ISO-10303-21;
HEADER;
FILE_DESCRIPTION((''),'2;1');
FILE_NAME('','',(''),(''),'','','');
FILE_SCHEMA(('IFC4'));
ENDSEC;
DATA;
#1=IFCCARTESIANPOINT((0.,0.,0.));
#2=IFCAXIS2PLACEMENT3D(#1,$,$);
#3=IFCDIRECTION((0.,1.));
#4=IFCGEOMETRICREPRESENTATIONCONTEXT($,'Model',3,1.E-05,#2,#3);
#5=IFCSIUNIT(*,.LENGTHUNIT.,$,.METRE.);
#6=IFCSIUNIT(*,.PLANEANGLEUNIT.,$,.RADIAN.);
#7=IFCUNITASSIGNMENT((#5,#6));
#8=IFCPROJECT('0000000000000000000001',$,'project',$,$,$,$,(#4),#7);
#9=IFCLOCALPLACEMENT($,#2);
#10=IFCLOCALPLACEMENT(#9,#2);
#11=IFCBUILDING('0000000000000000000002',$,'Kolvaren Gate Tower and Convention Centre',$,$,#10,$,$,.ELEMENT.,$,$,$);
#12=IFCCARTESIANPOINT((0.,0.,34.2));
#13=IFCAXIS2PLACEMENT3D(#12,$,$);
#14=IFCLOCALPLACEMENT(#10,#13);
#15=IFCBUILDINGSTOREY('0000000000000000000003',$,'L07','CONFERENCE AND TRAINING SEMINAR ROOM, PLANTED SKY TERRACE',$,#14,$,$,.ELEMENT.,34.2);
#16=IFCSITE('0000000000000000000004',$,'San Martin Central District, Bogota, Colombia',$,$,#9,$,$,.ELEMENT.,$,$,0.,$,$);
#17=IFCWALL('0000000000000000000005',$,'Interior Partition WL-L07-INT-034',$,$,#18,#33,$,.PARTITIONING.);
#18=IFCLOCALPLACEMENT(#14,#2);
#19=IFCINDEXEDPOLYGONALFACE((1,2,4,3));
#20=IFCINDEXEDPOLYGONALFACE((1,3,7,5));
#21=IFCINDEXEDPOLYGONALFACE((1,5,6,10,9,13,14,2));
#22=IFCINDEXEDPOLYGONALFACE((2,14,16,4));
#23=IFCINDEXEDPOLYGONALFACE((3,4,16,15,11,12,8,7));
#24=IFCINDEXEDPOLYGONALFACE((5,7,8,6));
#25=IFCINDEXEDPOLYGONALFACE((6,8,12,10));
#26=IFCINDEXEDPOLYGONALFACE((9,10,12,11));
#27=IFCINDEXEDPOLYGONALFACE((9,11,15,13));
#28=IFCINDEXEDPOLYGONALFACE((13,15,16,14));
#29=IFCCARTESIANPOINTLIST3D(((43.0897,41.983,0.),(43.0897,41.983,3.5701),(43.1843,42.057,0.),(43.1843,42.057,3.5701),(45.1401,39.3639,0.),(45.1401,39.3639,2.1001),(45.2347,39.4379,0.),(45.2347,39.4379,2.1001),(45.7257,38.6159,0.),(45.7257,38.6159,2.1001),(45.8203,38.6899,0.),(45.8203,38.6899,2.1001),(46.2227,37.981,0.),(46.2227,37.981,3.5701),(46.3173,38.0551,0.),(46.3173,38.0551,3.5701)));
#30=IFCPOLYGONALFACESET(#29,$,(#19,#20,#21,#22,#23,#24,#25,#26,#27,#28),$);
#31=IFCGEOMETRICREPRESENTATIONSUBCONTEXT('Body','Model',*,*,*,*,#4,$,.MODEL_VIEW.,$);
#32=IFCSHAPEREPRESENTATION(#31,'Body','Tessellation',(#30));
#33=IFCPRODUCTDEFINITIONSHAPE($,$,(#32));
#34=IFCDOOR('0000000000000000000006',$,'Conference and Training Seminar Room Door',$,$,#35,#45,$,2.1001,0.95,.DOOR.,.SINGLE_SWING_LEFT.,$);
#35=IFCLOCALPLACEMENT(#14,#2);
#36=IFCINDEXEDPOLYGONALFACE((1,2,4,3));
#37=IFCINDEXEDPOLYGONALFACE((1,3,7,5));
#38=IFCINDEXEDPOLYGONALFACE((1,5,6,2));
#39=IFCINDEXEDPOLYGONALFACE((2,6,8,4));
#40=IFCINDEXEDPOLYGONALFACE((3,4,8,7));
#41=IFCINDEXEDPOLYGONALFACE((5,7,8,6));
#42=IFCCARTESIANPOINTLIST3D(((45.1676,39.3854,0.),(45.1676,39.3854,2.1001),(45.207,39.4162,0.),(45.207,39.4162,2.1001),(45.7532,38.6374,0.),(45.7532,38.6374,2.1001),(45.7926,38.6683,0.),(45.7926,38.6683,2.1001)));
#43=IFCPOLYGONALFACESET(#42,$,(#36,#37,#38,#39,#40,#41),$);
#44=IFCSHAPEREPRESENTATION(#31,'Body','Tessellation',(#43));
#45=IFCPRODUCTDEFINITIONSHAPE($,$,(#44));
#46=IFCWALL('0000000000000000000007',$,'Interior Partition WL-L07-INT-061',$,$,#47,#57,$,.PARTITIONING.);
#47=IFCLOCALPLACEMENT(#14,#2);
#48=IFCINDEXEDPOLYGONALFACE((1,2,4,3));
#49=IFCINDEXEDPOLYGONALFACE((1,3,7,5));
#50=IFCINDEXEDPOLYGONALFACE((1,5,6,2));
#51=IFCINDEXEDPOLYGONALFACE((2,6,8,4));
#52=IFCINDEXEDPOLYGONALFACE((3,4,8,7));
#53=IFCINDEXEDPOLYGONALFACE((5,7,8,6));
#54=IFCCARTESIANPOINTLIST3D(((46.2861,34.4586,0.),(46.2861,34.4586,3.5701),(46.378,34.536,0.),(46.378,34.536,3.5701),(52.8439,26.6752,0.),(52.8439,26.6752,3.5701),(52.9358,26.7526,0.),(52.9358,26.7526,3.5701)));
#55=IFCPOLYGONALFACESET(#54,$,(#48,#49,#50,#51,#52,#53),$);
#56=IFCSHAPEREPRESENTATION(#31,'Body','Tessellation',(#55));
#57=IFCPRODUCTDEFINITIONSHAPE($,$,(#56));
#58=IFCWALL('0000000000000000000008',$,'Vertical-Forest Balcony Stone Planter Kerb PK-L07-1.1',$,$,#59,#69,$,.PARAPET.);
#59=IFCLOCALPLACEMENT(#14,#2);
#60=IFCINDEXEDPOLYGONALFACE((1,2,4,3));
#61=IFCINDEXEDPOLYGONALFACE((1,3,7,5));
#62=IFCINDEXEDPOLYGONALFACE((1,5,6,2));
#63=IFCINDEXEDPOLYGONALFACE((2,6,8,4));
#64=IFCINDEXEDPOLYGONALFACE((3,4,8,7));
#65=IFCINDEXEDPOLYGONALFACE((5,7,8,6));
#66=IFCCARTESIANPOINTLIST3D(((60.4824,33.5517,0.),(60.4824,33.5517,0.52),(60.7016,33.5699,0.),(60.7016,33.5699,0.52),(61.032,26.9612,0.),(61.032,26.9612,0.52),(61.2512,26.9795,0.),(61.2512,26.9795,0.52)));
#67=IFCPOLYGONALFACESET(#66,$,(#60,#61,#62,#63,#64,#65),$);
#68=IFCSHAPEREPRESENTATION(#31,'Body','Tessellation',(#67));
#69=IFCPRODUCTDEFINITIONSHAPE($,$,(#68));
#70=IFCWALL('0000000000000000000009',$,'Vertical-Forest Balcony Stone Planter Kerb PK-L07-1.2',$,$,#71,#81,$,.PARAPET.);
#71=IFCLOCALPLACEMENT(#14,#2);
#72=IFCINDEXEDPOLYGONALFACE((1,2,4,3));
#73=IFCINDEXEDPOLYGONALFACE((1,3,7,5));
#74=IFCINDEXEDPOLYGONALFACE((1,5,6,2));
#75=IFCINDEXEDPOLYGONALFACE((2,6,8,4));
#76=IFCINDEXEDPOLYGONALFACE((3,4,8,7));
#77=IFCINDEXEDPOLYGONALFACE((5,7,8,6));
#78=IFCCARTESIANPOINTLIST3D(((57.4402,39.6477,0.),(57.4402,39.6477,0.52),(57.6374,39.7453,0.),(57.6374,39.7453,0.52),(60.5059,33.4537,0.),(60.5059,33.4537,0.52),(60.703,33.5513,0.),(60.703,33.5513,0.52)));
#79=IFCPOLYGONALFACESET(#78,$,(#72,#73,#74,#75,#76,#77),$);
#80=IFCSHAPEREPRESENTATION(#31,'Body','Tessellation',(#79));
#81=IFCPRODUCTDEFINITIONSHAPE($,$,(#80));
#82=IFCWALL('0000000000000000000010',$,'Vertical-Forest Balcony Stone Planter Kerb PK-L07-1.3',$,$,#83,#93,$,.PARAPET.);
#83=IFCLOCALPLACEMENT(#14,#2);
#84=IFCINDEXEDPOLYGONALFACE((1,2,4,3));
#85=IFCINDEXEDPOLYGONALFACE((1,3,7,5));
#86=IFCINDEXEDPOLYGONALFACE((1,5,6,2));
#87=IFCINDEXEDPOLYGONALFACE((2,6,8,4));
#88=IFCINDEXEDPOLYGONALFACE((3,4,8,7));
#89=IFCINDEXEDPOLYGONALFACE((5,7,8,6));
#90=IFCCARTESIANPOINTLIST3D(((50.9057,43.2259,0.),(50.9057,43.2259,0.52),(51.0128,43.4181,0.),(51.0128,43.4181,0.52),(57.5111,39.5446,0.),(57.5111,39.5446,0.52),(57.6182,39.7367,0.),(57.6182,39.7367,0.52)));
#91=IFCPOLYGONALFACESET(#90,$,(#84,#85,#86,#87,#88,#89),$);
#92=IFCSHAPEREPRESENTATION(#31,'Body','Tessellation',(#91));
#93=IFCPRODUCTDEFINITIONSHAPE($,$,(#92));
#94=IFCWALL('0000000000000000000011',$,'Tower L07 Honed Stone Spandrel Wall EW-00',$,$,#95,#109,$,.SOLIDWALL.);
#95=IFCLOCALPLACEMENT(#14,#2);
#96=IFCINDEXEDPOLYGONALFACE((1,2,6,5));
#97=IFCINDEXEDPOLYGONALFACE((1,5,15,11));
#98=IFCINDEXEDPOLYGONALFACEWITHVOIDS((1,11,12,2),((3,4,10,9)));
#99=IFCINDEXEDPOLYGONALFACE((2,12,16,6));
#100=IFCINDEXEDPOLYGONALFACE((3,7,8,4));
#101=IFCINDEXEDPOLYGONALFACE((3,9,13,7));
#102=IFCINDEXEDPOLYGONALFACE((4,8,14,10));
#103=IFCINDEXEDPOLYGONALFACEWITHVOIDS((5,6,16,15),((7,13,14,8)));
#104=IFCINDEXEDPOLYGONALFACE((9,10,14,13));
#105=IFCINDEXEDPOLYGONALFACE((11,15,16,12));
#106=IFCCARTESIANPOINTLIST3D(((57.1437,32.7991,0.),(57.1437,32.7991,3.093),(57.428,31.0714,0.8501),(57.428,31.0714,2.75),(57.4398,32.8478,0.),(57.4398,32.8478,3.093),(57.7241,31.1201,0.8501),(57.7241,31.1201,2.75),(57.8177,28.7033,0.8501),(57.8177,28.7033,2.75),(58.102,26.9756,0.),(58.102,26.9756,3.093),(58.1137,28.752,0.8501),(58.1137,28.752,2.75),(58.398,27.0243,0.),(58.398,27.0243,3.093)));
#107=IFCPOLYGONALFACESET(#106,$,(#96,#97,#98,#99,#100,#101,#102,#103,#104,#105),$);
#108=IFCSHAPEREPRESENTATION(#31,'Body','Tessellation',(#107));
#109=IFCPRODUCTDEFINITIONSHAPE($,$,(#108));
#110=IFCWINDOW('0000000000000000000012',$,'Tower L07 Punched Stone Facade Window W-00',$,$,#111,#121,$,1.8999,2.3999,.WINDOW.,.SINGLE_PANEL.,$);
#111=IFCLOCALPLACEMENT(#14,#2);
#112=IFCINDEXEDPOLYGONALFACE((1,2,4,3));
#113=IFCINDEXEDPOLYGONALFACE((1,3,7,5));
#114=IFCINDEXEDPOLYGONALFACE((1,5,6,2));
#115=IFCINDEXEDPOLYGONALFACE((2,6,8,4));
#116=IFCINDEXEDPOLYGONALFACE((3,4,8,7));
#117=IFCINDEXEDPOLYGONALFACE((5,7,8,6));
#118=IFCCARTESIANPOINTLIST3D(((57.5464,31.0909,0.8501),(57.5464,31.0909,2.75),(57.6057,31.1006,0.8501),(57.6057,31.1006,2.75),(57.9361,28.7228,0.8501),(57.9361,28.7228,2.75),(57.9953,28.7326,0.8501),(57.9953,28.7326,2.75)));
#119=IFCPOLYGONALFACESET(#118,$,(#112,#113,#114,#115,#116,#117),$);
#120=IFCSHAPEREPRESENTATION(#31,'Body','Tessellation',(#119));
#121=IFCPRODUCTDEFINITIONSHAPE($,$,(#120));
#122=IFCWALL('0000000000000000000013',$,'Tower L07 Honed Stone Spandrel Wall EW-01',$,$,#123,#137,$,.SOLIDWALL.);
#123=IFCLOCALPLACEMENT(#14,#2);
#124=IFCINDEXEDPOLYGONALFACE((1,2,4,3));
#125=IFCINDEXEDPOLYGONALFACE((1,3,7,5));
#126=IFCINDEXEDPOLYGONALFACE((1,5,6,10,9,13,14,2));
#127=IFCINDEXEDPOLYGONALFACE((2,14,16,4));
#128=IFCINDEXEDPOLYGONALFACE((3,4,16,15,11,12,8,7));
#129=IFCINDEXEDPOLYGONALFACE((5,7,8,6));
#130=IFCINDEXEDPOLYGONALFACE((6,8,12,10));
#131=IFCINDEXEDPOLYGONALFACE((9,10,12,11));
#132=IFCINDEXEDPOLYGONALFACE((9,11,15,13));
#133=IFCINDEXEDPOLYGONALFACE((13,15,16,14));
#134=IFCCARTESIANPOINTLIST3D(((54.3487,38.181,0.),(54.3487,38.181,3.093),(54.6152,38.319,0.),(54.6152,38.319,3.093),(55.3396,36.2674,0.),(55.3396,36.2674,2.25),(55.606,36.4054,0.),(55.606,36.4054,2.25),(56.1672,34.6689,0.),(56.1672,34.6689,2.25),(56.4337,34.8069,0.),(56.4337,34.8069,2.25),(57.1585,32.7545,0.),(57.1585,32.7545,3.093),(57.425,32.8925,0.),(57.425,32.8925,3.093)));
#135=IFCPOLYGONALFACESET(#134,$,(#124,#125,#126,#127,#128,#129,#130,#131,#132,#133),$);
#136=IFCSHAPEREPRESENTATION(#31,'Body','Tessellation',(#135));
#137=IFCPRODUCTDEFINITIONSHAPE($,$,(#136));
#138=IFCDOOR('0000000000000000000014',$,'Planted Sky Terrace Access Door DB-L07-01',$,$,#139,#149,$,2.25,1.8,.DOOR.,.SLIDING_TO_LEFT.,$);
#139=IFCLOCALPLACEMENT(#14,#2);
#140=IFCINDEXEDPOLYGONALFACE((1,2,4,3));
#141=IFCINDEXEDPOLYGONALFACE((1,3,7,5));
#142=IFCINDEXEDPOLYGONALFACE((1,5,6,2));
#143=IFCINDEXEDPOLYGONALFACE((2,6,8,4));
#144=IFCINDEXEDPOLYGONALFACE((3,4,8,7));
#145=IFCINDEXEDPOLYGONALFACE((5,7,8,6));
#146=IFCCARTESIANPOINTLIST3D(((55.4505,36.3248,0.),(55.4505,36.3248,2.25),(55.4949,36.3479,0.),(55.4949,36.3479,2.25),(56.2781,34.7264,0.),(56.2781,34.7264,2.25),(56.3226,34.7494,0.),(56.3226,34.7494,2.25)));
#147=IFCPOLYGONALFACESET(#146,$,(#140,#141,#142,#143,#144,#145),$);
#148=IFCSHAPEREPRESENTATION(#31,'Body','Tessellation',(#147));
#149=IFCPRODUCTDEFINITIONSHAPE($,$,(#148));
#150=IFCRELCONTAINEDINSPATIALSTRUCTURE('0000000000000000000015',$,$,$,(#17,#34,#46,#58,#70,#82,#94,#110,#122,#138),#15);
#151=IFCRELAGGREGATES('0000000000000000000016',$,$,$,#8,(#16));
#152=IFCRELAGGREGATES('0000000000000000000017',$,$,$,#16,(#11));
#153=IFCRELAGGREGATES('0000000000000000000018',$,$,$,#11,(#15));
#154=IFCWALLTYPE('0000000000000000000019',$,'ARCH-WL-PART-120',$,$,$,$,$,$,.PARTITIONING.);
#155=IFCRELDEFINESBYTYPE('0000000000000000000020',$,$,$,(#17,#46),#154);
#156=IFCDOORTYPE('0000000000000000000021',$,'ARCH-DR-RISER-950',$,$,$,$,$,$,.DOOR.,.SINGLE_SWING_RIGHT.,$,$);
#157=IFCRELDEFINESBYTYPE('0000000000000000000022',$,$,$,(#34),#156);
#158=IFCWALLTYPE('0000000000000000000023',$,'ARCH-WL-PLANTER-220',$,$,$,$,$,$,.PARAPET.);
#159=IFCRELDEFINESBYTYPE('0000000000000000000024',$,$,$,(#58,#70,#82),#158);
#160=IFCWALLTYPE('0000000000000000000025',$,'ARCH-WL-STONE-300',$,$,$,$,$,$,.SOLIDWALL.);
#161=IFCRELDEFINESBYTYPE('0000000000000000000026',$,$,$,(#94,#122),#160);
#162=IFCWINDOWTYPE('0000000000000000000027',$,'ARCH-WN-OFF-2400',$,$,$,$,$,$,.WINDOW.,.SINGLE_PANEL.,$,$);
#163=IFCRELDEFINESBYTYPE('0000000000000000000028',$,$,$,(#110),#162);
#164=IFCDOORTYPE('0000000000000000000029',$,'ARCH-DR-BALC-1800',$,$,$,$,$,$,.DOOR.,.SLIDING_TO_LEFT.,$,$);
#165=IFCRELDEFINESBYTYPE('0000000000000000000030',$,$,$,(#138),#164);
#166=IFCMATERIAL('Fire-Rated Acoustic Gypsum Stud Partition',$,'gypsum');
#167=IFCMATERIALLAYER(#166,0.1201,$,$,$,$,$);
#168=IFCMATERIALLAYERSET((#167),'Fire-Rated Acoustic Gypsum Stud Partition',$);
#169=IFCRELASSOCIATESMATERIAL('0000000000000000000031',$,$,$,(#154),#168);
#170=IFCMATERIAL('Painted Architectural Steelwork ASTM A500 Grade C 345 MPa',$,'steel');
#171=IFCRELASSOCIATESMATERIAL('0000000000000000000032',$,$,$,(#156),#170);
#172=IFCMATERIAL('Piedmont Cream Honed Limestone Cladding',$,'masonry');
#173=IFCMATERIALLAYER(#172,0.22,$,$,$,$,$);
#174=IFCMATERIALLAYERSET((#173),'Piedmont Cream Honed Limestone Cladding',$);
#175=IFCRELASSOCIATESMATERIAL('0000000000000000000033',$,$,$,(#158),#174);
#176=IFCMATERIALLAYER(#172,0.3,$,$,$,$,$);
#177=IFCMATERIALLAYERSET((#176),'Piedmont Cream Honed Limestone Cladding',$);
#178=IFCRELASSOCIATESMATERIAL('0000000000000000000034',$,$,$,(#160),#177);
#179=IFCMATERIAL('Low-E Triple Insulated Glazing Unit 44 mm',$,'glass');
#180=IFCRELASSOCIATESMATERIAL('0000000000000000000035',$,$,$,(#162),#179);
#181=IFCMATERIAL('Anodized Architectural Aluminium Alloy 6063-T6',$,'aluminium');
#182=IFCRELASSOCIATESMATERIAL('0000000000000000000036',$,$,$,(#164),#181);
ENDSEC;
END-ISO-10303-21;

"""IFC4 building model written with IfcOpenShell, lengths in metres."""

from ifc_helpers import new_model, si_unit, direction, frame, frame_2d, origin, place, context, subcontext, project, spatial, rectangle, extrude, material, layer, layer_set, type_object, element, fill, save


model = new_model("IFC4")

# Units and contexts
model_context = context("Model", 3, precision=1e-05, world=origin(), true_north=direction((0.0, 1.0)))
body_context = subcontext(model_context, "Body", "Model", "MODEL_VIEW")
ifc_project = project(units=[si_unit("LENGTHUNIT", "METRE"), si_unit("PLANEANGLEUNIT", "RADIAN")], contexts=[model_context])

# Site, building, storey
site_placement = place(None, origin())
site = spatial("IfcSite", under=ifc_project, at=site_placement, Name="San Martin Central District, Bogota, Colombia", CompositionType="ELEMENT", RefElevation=0.0)
building_placement = place(site_placement, origin())
building = spatial("IfcBuilding", under=site, at=building_placement, Name="Kolvaren Gate Tower and Convention Centre", CompositionType="ELEMENT")
storey_placement = place(building_placement, frame((0.0, 0.0, 34.2)))
storey = spatial("IfcBuildingStorey", under=building, at=storey_placement, Name="L07", Description="CONFERENCE AND TRAINING SEMINAR ROOM, PLANTED SKY TERRACE", CompositionType="ELEMENT", Elevation=34.2)

# Wall, opening, door
ifc_material_1 = material(Name="Fire-Rated Acoustic Gypsum Stud Partition", Category="gypsum")
ifc_layer_1 = layer(ifc_material_1, 0.1201)
ifc_layer_set_1 = layer_set([ifc_layer_1], Name="Fire-Rated Acoustic Gypsum Stud Partition")
wall_type_1 = type_object("IfcWallType", Name="ARCH-WL-PART-120", PredefinedType="PARTITIONING", material=ifc_layer_set_1)
wall_1_placement = place(storey_placement, frame((43.137, 42.02, 0.0), z_axis=(0.0, 0.0, 1.0), x_axis=(0.616442, -0.787401, 0.0)))
wall_1 = element("IfcWall", 1, at=wall_1_placement, inside=storey, type_object=wall_type_1, Name="Interior Partition WL-L07-INT-034", PredefinedType="PARTITIONING", context=body_context, shape_type="SweptSolid", body=[
    extrude(rectangle(XDim=5.0825, YDim=0.1201, at=frame_2d((2.5413, 0.0))), origin(), (0.0, 0.0, 1.0), 3.5701),
])
opening_1_placement = place(wall_1_placement, frame((3.3262, 0.0, 0.0)))
opening_1 = element("IfcOpeningElement", 2, at=opening_1_placement, cuts=wall_1, PredefinedType="OPENING", context=body_context, shape_type="SweptSolid", body=[
    extrude(rectangle(XDim=0.95, YDim=2.1001, at=frame_2d((0.4751, 1.05))), frame((0.0, 0.0701, 0.0), z_axis=(0.0, -1.0, 0.0), x_axis=(1.0, 0.0, 0.0)), (0.0, 0.0, 1.0), 0.1401),
])
ifc_material_2 = material(Name="Painted Architectural Steelwork ASTM A500 Grade C 345 MPa", Category="steel")
door_type_1 = type_object("IfcDoorType", Name="ARCH-DR-RISER-950", OperationType="SINGLE_SWING_RIGHT", PredefinedType="DOOR", material=ifc_material_2)
door_1_placement = place(opening_1_placement, origin())
door_1 = element("IfcDoor", 3, at=door_1_placement, inside=storey, type_object=door_type_1, Name="Conference and Training Seminar Room Door", OperationType="SINGLE_SWING_LEFT", OverallHeight=2.1001, OverallWidth=0.95, PredefinedType="DOOR", context=body_context, shape_type="SweptSolid", body=[
    extrude(rectangle(XDim=0.95, YDim=2.1001, at=frame_2d((0.4751, 1.05))), frame((0.0, 0.0249, 0.0), z_axis=(0.0, -1.0, 0.0), x_axis=(1.0, 0.0, 0.0)), (0.0, 0.0, 1.0), 0.05),
])
fill(opening_1, door_1)

# Walls
wall_2_placement = place(storey_placement, frame((46.332, 34.4973, 0.0), z_axis=(0.0, 0.0, 1.0), x_axis=(0.64433, -0.764748, 0.0)))
element("IfcWall", 4, at=wall_2_placement, inside=storey, type_object=wall_type_1, Name="Interior Partition WL-L07-INT-061", PredefinedType="PARTITIONING", context=body_context, shape_type="SweptSolid", body=[
    extrude(rectangle(XDim=10.1777, YDim=0.1201, at=frame_2d((5.0889, 0.0))), origin(), (0.0, 0.0, 1.0), 3.5701),
])
ifc_material_3 = material(Name="Piedmont Cream Honed Limestone Cladding", Category="masonry")
ifc_layer_2 = layer(ifc_material_3, 0.22)
ifc_layer_set_2 = layer_set([ifc_layer_2], Name="Piedmont Cream Honed Limestone Cladding")
wall_type_2 = type_object("IfcWallType", Name="ARCH-WL-PLANTER-220", PredefinedType="PARAPET", material=ifc_layer_set_2)
wall_3_placement = place(storey_placement, frame((60.592, 33.5608, 0.0), z_axis=(0.0, 0.0, 1.0), x_axis=(0.0831, -0.996541, 0.0)))
element("IfcWall", 5, at=wall_3_placement, inside=storey, type_object=wall_type_2, Name="Vertical-Forest Balcony Stone Planter Kerb PK-L07-1.1", PredefinedType="PARAPET", context=body_context, shape_type="SweptSolid", body=[
    extrude(rectangle(XDim=6.6133, YDim=0.22, at=frame_2d((3.3066, 0.0))), origin(), (0.0, 0.0, 1.0), 0.52),
])
wall_4_placement = place(storey_placement, frame((57.5388, 39.6965, 0.0), z_axis=(0.0, 0.0, 1.0), x_axis=(0.443578, -0.896236, 0.0)))
element("IfcWall", 6, at=wall_4_placement, inside=storey, type_object=wall_type_2, Name="Vertical-Forest Balcony Stone Planter Kerb PK-L07-1.2", PredefinedType="PARAPET", context=body_context, shape_type="SweptSolid", body=[
    extrude(rectangle(XDim=6.9111, YDim=0.22, at=frame_2d((3.4556, 0.0))), origin(), (0.0, 0.0, 1.0), 0.52),
])
wall_5_placement = place(storey_placement, frame((50.9592, 43.322, 0.0), z_axis=(0.0, 0.0, 1.0), x_axis=(0.8735, -0.486824, 0.0)))
element("IfcWall", 7, at=wall_5_placement, inside=storey, type_object=wall_type_2, Name="Vertical-Forest Balcony Stone Planter Kerb PK-L07-1.3", PredefinedType="PARAPET", context=body_context, shape_type="SweptSolid", body=[
    extrude(rectangle(XDim=7.562, YDim=0.22, at=frame_2d((3.781, 0.0))), origin(), (0.0, 0.0, 1.0), 0.52),
])

# Wall, opening, window
ifc_layer_3 = layer(ifc_material_3, 0.3)
ifc_layer_set_3 = layer_set([ifc_layer_3], Name="Piedmont Cream Honed Limestone Cladding")
wall_type_3 = type_object("IfcWallType", Name="ARCH-WL-STONE-300", PredefinedType="SOLIDWALL", material=ifc_layer_set_3)
wall_6_placement = place(storey_placement, frame((57.2917, 32.8235, 0.0), z_axis=(0.0, 0.0, 1.0), x_axis=(0.162366, -0.986731, 0.0)))
wall_6 = element("IfcWall", 8, at=wall_6_placement, inside=storey, type_object=wall_type_3, Name="Tower L07 Honed Stone Spandrel Wall EW-00", PredefinedType="SOLIDWALL", context=body_context, shape_type="SweptSolid", body=[
    extrude(rectangle(XDim=5.9019, YDim=0.3, at=frame_2d((2.9509, 0.0))), origin(), (0.0, 0.0, 1.0), 3.093),
])
opening_2_placement = place(wall_6_placement, frame((1.751, 0.0, 0.8501)))
opening_2 = element("IfcOpeningElement", 9, at=opening_2_placement, cuts=wall_6, PredefinedType="OPENING", context=body_context, shape_type="SweptSolid", body=[
    extrude(rectangle(XDim=2.3999, YDim=1.8999, at=frame_2d((1.2, 0.95))), frame((0.0, 0.1599, 0.0), z_axis=(0.0, -1.0, 0.0), x_axis=(1.0, 0.0, 0.0)), (0.0, 0.0, 1.0), 0.3201),
])
ifc_material_4 = material(Name="Low-E Triple Insulated Glazing Unit 44 mm", Category="glass")
window_type = type_object("IfcWindowType", Name="ARCH-WN-OFF-2400", PartitioningType="SINGLE_PANEL", PredefinedType="WINDOW", material=ifc_material_4)
window_1_placement = place(opening_2_placement, origin())
window_1 = element("IfcWindow", 10, at=window_1_placement, inside=storey, type_object=window_type, Name="Tower L07 Punched Stone Facade Window W-00", OverallHeight=1.8999, OverallWidth=2.3999, PartitioningType="SINGLE_PANEL", PredefinedType="WINDOW", context=body_context, shape_type="SweptSolid", body=[
    extrude(rectangle(XDim=2.3999, YDim=1.8999, at=frame_2d((1.2, 0.95))), frame((0.0, 0.03, 0.0), z_axis=(0.0, -1.0, 0.0), x_axis=(1.0, 0.0, 0.0)), (0.0, 0.0, 1.0), 0.0601),
])
fill(opening_2, window_1)

# Wall, opening, door
wall_7_placement = place(storey_placement, frame((54.4819, 38.25, 0.0), z_axis=(0.0, 0.0, 1.0), x_axis=(0.45981, -0.888017, 0.0)))
wall_7 = element("IfcWall", 11, at=wall_7_placement, inside=storey, type_object=wall_type_3, Name="Tower L07 Honed Stone Spandrel Wall EW-01", PredefinedType="SOLIDWALL", context=body_context, shape_type="SweptSolid", body=[
    extrude(rectangle(XDim=6.1108, YDim=0.3, at=frame_2d((3.0554, 0.0))), origin(), (0.0, 0.0, 1.0), 3.093),
])
opening_3_placement = place(wall_7_placement, frame((2.155, 0.0, 0.0)))
opening_3 = element("IfcOpeningElement", 12, at=opening_3_placement, cuts=wall_7, PredefinedType="OPENING", context=body_context, shape_type="SweptSolid", body=[
    extrude(rectangle(XDim=1.8, YDim=2.25, at=frame_2d((0.8999, 1.125))), frame((0.0, 0.1599, 0.0), z_axis=(0.0, -1.0, 0.0), x_axis=(1.0, 0.0, 0.0)), (0.0, 0.0, 1.0), 0.3201),
])
ifc_material_5 = material(Name="Anodized Architectural Aluminium Alloy 6063-T6", Category="aluminium")
door_type_2 = type_object("IfcDoorType", Name="ARCH-DR-BALC-1800", OperationType="SLIDING_TO_LEFT", PredefinedType="DOOR", material=ifc_material_5)
door_2_placement = place(opening_3_placement, origin())
door_2 = element("IfcDoor", 13, at=door_2_placement, inside=storey, type_object=door_type_2, Name="Planted Sky Terrace Access Door DB-L07-01", OperationType="SLIDING_TO_LEFT", OverallHeight=2.25, OverallWidth=1.8, PredefinedType="DOOR", context=body_context, shape_type="SweptSolid", body=[
    extrude(rectangle(XDim=1.8, YDim=2.25, at=frame_2d((0.8999, 1.125))), frame((0.0, 0.0249, 0.0), z_axis=(0.0, -1.0, 0.0), x_axis=(1.0, 0.0, 0.0)), (0.0, 0.0, 1.0), 0.05),
])
fill(opening_3, door_2)

save(model, "model.ifc")
